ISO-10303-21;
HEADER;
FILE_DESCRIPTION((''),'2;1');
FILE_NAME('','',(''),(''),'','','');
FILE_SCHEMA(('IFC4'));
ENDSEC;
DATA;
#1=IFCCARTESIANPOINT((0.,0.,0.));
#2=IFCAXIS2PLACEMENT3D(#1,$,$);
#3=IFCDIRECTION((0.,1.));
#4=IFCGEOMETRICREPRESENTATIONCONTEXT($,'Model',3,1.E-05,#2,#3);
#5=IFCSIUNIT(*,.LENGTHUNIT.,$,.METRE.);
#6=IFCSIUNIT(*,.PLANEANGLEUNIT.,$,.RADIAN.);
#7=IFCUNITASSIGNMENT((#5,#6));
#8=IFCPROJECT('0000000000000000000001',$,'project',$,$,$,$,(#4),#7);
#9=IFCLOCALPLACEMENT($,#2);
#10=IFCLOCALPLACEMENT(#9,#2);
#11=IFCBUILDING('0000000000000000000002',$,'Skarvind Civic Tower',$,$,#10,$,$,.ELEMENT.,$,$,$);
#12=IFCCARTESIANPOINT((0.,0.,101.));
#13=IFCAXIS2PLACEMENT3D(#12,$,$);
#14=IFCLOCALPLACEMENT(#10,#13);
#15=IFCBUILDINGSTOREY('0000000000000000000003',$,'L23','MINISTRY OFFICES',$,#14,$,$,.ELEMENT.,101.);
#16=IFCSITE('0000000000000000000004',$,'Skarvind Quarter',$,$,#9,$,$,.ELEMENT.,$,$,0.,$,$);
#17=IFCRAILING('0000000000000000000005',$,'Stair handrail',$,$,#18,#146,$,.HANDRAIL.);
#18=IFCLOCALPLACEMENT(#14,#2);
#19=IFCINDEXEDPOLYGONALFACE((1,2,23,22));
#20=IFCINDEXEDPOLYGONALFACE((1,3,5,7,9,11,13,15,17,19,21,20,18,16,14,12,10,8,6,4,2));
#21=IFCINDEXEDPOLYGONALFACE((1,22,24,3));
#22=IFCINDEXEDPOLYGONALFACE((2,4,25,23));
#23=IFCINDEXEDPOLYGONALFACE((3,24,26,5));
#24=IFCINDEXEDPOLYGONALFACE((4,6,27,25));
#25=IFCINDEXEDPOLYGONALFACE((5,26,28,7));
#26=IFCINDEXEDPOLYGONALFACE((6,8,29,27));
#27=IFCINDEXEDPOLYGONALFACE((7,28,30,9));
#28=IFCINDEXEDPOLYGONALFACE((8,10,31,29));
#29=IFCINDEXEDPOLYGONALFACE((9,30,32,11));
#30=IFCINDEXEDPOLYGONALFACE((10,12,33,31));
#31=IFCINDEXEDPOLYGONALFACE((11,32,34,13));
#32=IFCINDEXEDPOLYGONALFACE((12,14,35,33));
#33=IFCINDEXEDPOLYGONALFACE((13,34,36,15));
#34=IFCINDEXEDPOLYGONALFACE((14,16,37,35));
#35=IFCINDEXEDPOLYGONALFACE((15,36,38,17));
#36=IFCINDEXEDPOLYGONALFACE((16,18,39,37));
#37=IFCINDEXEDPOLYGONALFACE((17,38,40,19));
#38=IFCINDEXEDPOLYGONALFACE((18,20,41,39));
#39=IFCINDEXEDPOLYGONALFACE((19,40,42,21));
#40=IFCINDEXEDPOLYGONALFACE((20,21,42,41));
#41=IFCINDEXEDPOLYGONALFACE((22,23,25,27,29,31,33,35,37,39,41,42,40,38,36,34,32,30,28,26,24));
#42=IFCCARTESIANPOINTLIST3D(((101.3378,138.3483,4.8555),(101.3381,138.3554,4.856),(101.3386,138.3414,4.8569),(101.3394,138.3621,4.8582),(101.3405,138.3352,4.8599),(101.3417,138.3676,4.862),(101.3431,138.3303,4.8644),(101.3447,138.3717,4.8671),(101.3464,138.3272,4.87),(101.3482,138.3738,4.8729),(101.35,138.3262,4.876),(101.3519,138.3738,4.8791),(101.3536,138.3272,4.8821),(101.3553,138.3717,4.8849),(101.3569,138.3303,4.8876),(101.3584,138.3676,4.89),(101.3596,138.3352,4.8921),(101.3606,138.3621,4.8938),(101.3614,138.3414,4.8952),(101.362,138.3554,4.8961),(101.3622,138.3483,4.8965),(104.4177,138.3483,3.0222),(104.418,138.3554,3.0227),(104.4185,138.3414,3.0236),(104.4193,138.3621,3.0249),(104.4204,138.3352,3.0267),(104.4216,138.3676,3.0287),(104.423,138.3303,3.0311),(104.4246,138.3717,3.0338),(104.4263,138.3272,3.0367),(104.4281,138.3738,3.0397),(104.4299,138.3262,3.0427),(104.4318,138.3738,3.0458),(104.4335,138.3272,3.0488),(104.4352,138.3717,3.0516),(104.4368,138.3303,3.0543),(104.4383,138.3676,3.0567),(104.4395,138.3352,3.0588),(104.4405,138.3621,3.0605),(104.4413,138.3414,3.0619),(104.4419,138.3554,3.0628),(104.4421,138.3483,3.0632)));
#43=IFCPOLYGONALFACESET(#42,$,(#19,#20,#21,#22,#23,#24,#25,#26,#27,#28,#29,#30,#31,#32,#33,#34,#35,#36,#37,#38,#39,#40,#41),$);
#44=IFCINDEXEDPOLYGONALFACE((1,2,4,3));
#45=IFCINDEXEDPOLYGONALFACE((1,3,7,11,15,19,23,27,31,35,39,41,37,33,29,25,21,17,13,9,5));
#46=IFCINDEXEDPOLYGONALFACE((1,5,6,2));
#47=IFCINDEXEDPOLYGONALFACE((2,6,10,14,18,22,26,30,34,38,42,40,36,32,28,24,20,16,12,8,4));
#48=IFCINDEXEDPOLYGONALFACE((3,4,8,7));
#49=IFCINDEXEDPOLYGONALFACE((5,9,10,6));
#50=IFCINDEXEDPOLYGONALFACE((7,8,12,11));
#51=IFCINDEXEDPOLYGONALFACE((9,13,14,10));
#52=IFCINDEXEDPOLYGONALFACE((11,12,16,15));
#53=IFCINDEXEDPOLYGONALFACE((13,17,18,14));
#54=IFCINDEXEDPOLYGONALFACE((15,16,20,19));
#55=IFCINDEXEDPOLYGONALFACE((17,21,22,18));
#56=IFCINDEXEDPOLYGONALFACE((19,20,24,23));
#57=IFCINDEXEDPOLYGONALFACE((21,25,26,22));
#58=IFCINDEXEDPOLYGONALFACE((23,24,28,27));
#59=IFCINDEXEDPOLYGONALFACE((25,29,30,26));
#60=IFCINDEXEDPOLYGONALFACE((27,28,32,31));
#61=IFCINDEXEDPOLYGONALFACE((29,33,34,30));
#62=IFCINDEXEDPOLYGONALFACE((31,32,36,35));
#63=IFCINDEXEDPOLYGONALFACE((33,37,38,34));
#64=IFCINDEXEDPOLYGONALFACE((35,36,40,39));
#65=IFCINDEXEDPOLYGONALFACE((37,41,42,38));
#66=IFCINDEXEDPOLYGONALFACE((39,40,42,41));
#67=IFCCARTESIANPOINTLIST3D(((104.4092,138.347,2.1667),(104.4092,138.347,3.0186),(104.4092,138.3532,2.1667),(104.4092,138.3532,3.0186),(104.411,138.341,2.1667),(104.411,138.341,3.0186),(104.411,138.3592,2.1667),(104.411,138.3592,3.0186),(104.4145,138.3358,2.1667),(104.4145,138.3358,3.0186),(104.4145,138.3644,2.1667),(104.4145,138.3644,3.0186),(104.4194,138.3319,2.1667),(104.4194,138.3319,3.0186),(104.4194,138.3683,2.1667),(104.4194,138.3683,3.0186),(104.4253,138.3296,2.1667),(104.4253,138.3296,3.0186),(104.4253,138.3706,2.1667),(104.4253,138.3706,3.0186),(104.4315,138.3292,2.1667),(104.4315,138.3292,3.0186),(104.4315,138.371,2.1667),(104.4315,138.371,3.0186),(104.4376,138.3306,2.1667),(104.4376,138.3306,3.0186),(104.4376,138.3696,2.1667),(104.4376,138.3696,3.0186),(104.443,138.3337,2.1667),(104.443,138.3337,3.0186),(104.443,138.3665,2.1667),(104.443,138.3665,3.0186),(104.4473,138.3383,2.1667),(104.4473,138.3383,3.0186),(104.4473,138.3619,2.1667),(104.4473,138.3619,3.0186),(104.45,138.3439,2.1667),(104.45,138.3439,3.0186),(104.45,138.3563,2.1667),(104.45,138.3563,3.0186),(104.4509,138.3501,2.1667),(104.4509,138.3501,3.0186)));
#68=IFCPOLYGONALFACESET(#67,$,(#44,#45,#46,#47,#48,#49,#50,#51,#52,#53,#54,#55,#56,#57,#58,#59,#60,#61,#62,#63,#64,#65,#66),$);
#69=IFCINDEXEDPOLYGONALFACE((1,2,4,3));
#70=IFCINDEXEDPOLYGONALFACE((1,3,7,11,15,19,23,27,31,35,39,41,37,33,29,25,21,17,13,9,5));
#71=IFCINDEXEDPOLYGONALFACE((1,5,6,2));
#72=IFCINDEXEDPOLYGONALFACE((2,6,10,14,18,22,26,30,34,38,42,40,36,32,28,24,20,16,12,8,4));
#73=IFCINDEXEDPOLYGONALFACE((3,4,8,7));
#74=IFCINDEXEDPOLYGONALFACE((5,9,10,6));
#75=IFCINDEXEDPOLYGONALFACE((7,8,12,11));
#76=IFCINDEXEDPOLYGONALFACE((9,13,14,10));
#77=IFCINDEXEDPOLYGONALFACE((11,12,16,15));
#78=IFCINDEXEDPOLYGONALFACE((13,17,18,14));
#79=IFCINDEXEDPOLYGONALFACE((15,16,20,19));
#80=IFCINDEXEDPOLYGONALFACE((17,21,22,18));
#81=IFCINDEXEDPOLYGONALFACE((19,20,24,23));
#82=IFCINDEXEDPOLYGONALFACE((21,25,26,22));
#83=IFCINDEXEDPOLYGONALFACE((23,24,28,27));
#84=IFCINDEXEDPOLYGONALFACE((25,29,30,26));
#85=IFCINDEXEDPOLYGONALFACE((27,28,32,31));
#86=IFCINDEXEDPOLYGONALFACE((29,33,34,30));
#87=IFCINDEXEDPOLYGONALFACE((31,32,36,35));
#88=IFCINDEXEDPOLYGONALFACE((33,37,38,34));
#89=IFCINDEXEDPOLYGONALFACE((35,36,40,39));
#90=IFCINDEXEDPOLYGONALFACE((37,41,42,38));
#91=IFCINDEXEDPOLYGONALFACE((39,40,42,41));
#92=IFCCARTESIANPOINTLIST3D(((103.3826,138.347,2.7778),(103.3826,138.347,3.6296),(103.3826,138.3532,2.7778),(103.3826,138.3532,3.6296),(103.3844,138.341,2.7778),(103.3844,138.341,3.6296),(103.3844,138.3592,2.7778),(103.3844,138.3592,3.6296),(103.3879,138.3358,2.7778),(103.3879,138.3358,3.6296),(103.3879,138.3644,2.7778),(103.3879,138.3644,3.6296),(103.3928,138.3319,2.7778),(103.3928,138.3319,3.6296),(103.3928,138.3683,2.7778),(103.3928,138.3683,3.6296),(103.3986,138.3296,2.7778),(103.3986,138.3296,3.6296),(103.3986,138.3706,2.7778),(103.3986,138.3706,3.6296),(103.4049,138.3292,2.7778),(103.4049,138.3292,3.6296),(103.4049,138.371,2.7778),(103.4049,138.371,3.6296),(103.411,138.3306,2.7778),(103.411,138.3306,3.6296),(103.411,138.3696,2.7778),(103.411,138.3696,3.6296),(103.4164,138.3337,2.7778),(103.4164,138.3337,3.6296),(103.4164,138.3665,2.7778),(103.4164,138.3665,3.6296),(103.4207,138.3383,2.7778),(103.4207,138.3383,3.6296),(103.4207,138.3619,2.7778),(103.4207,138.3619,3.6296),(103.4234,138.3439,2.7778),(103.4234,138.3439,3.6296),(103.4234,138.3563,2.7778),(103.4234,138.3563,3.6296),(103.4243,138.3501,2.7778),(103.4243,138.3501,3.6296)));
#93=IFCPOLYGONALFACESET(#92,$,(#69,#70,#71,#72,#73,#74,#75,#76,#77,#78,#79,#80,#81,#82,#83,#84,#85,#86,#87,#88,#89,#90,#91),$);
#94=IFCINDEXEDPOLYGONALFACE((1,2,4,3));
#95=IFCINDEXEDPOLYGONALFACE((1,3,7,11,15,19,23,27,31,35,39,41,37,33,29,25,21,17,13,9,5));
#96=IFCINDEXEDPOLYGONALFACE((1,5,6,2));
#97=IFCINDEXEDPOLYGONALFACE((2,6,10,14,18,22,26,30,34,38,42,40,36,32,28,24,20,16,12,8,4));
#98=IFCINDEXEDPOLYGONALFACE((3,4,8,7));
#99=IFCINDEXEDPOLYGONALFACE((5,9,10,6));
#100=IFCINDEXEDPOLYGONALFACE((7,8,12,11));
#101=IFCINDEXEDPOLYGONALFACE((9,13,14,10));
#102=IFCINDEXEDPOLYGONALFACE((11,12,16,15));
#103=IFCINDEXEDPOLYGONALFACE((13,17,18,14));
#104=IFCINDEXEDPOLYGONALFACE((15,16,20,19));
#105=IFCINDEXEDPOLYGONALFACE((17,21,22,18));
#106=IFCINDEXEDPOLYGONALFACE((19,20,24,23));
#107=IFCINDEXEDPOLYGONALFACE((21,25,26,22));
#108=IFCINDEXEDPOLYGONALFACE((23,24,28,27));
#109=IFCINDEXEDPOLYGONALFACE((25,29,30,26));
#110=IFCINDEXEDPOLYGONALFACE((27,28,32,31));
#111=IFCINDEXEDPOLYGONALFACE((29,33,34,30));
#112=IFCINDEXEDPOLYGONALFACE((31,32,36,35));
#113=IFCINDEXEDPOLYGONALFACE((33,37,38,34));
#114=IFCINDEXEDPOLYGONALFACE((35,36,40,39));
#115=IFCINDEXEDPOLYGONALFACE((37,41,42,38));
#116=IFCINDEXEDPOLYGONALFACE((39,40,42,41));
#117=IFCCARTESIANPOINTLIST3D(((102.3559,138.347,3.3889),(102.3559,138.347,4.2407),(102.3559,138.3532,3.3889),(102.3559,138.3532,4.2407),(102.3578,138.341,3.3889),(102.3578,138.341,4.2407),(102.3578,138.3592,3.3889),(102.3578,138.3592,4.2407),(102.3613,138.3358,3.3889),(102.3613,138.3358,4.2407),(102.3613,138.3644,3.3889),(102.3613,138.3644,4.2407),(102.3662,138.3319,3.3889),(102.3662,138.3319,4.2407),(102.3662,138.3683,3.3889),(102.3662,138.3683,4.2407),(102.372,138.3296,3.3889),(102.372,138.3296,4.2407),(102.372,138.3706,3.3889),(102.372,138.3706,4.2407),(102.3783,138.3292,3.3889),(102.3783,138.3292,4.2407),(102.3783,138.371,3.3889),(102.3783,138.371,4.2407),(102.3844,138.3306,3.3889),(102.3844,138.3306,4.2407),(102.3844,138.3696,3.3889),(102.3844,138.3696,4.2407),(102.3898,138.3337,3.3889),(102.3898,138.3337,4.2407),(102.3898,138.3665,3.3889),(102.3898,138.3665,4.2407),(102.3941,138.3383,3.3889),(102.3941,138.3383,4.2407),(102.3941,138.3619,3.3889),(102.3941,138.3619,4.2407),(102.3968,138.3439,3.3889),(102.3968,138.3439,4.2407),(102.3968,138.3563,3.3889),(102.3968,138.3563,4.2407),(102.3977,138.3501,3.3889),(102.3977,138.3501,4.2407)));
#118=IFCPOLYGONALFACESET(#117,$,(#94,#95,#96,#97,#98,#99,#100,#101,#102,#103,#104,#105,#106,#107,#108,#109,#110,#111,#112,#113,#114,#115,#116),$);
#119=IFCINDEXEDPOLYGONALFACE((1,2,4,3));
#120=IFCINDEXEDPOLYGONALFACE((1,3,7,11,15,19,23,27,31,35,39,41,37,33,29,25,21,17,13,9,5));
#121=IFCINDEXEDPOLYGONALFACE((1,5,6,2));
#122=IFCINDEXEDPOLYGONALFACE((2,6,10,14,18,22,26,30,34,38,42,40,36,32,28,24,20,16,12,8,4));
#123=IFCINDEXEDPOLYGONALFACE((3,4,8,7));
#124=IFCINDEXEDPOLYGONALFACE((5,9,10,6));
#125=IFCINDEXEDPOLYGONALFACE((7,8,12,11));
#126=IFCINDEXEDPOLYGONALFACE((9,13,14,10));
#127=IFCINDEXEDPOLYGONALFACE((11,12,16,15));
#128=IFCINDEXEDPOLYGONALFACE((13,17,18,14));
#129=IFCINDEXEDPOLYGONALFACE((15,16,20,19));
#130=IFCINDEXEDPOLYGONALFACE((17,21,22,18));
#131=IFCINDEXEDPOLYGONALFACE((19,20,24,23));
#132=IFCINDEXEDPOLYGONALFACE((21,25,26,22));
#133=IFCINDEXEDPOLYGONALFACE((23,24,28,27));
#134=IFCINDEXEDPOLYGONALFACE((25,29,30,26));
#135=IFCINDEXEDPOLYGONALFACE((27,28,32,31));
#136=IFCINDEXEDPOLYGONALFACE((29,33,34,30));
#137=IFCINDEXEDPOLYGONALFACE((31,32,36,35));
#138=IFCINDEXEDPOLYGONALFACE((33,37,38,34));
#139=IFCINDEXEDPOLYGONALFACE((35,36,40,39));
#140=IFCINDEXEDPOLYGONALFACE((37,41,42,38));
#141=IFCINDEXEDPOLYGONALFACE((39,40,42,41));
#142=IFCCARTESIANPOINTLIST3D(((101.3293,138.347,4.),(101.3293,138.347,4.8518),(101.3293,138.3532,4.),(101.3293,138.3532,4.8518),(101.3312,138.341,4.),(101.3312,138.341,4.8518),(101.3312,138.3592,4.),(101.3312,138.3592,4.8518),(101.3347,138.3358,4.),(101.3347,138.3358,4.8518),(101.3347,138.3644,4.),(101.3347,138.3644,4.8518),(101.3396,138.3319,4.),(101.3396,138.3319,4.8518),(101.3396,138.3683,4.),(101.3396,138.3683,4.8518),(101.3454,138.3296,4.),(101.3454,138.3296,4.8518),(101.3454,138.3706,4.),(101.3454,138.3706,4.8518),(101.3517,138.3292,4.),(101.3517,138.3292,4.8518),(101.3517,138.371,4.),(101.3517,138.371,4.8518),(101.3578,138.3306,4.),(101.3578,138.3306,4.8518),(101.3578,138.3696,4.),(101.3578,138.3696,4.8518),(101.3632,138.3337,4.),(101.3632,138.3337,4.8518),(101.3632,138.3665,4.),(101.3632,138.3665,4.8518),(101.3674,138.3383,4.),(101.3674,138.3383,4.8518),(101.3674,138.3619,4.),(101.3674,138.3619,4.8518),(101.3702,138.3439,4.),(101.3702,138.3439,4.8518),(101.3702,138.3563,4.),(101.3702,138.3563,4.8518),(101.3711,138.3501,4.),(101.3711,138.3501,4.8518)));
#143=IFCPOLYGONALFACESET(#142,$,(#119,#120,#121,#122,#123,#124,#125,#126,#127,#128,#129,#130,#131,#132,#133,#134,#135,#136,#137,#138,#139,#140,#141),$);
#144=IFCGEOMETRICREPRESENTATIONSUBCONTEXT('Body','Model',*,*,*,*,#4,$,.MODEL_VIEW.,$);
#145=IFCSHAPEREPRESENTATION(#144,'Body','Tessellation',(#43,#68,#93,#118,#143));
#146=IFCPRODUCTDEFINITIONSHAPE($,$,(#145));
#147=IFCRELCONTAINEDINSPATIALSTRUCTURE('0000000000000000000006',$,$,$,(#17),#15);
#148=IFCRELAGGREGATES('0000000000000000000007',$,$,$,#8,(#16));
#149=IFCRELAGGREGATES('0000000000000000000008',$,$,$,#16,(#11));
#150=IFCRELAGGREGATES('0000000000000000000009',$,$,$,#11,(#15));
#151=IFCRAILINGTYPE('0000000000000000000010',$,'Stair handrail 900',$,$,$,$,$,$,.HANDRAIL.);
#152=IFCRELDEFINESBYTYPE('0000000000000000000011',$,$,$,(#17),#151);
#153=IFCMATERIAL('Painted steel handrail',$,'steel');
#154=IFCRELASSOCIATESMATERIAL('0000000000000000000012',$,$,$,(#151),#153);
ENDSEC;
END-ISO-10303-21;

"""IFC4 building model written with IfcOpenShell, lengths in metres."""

from ifc_helpers import new_model, si_unit, direction, frame, origin, origin_2d, place, context, subcontext, project, spatial, circle, extrude, material, type_object, element, save


model = new_model("IFC4")

# Units and contexts
model_context = context("Model", 3, precision=1e-05, world=origin(), true_north=direction((0.0, 1.0)))
body_context = subcontext(model_context, "Body", "Model", "MODEL_VIEW")
ifc_project = project(units=[si_unit("LENGTHUNIT", "METRE"), si_unit("PLANEANGLEUNIT", "RADIAN")], contexts=[model_context])

# Site, building, storey
site_placement = place(None, origin())
site = spatial("IfcSite", under=ifc_project, at=site_placement, Name="Skarvind Quarter", CompositionType="ELEMENT", RefElevation=0.0)
building_placement = place(site_placement, origin())
building = spatial("IfcBuilding", under=site, at=building_placement, Name="Skarvind Civic Tower", CompositionType="ELEMENT")
storey_placement = place(building_placement, frame((0.0, 0.0, 101.0)))
storey = spatial("IfcBuildingStorey", under=building, at=storey_placement, Name="L23", Description="MINISTRY OFFICES", CompositionType="ELEMENT", Elevation=101.0)

# Railing
ifc_material_1 = material(Name="Painted steel handrail", Category="steel")
railing_type = type_object("IfcRailingType", Name="Stair handrail 900", PredefinedType="HANDRAIL", material=ifc_material_1)
railing_1_placement = place(storey_placement, frame((104.4299, 138.3501, 2.1667)))
element("IfcRailing", 1, at=railing_1_placement, inside=storey, type_object=railing_type, Name="Stair handrail", PredefinedType="HANDRAIL", context=body_context, shape_type="SweptSolid", body=[
    extrude(circle(Radius=0.0239, at=origin_2d()), frame((0.0, 0.0, 0.876), z_axis=(-0.859291, 0.0, 0.511487), x_axis=(0.0, -1.0, 0.0)), (0.0, 0.0, 1.0), 3.5842),
    extrude(circle(Radius=0.021, at=origin_2d()), origin(), (0.0, 0.0, 1.0), 0.8518),
    extrude(circle(Radius=0.021, at=origin_2d()), frame((-1.0266, 0.0, 0.6111)), (0.0, 0.0, 1.0), 0.8518),
    extrude(circle(Radius=0.021, at=origin_2d()), frame((-2.0532, 0.0, 1.2222)), (0.0, 0.0, 1.0), 0.8518),
    extrude(circle(Radius=0.021, at=origin_2d()), frame((-3.0798, 0.0, 1.8333)), (0.0, 0.0, 1.0), 0.8518),
])

save(model, "model.ifc")
